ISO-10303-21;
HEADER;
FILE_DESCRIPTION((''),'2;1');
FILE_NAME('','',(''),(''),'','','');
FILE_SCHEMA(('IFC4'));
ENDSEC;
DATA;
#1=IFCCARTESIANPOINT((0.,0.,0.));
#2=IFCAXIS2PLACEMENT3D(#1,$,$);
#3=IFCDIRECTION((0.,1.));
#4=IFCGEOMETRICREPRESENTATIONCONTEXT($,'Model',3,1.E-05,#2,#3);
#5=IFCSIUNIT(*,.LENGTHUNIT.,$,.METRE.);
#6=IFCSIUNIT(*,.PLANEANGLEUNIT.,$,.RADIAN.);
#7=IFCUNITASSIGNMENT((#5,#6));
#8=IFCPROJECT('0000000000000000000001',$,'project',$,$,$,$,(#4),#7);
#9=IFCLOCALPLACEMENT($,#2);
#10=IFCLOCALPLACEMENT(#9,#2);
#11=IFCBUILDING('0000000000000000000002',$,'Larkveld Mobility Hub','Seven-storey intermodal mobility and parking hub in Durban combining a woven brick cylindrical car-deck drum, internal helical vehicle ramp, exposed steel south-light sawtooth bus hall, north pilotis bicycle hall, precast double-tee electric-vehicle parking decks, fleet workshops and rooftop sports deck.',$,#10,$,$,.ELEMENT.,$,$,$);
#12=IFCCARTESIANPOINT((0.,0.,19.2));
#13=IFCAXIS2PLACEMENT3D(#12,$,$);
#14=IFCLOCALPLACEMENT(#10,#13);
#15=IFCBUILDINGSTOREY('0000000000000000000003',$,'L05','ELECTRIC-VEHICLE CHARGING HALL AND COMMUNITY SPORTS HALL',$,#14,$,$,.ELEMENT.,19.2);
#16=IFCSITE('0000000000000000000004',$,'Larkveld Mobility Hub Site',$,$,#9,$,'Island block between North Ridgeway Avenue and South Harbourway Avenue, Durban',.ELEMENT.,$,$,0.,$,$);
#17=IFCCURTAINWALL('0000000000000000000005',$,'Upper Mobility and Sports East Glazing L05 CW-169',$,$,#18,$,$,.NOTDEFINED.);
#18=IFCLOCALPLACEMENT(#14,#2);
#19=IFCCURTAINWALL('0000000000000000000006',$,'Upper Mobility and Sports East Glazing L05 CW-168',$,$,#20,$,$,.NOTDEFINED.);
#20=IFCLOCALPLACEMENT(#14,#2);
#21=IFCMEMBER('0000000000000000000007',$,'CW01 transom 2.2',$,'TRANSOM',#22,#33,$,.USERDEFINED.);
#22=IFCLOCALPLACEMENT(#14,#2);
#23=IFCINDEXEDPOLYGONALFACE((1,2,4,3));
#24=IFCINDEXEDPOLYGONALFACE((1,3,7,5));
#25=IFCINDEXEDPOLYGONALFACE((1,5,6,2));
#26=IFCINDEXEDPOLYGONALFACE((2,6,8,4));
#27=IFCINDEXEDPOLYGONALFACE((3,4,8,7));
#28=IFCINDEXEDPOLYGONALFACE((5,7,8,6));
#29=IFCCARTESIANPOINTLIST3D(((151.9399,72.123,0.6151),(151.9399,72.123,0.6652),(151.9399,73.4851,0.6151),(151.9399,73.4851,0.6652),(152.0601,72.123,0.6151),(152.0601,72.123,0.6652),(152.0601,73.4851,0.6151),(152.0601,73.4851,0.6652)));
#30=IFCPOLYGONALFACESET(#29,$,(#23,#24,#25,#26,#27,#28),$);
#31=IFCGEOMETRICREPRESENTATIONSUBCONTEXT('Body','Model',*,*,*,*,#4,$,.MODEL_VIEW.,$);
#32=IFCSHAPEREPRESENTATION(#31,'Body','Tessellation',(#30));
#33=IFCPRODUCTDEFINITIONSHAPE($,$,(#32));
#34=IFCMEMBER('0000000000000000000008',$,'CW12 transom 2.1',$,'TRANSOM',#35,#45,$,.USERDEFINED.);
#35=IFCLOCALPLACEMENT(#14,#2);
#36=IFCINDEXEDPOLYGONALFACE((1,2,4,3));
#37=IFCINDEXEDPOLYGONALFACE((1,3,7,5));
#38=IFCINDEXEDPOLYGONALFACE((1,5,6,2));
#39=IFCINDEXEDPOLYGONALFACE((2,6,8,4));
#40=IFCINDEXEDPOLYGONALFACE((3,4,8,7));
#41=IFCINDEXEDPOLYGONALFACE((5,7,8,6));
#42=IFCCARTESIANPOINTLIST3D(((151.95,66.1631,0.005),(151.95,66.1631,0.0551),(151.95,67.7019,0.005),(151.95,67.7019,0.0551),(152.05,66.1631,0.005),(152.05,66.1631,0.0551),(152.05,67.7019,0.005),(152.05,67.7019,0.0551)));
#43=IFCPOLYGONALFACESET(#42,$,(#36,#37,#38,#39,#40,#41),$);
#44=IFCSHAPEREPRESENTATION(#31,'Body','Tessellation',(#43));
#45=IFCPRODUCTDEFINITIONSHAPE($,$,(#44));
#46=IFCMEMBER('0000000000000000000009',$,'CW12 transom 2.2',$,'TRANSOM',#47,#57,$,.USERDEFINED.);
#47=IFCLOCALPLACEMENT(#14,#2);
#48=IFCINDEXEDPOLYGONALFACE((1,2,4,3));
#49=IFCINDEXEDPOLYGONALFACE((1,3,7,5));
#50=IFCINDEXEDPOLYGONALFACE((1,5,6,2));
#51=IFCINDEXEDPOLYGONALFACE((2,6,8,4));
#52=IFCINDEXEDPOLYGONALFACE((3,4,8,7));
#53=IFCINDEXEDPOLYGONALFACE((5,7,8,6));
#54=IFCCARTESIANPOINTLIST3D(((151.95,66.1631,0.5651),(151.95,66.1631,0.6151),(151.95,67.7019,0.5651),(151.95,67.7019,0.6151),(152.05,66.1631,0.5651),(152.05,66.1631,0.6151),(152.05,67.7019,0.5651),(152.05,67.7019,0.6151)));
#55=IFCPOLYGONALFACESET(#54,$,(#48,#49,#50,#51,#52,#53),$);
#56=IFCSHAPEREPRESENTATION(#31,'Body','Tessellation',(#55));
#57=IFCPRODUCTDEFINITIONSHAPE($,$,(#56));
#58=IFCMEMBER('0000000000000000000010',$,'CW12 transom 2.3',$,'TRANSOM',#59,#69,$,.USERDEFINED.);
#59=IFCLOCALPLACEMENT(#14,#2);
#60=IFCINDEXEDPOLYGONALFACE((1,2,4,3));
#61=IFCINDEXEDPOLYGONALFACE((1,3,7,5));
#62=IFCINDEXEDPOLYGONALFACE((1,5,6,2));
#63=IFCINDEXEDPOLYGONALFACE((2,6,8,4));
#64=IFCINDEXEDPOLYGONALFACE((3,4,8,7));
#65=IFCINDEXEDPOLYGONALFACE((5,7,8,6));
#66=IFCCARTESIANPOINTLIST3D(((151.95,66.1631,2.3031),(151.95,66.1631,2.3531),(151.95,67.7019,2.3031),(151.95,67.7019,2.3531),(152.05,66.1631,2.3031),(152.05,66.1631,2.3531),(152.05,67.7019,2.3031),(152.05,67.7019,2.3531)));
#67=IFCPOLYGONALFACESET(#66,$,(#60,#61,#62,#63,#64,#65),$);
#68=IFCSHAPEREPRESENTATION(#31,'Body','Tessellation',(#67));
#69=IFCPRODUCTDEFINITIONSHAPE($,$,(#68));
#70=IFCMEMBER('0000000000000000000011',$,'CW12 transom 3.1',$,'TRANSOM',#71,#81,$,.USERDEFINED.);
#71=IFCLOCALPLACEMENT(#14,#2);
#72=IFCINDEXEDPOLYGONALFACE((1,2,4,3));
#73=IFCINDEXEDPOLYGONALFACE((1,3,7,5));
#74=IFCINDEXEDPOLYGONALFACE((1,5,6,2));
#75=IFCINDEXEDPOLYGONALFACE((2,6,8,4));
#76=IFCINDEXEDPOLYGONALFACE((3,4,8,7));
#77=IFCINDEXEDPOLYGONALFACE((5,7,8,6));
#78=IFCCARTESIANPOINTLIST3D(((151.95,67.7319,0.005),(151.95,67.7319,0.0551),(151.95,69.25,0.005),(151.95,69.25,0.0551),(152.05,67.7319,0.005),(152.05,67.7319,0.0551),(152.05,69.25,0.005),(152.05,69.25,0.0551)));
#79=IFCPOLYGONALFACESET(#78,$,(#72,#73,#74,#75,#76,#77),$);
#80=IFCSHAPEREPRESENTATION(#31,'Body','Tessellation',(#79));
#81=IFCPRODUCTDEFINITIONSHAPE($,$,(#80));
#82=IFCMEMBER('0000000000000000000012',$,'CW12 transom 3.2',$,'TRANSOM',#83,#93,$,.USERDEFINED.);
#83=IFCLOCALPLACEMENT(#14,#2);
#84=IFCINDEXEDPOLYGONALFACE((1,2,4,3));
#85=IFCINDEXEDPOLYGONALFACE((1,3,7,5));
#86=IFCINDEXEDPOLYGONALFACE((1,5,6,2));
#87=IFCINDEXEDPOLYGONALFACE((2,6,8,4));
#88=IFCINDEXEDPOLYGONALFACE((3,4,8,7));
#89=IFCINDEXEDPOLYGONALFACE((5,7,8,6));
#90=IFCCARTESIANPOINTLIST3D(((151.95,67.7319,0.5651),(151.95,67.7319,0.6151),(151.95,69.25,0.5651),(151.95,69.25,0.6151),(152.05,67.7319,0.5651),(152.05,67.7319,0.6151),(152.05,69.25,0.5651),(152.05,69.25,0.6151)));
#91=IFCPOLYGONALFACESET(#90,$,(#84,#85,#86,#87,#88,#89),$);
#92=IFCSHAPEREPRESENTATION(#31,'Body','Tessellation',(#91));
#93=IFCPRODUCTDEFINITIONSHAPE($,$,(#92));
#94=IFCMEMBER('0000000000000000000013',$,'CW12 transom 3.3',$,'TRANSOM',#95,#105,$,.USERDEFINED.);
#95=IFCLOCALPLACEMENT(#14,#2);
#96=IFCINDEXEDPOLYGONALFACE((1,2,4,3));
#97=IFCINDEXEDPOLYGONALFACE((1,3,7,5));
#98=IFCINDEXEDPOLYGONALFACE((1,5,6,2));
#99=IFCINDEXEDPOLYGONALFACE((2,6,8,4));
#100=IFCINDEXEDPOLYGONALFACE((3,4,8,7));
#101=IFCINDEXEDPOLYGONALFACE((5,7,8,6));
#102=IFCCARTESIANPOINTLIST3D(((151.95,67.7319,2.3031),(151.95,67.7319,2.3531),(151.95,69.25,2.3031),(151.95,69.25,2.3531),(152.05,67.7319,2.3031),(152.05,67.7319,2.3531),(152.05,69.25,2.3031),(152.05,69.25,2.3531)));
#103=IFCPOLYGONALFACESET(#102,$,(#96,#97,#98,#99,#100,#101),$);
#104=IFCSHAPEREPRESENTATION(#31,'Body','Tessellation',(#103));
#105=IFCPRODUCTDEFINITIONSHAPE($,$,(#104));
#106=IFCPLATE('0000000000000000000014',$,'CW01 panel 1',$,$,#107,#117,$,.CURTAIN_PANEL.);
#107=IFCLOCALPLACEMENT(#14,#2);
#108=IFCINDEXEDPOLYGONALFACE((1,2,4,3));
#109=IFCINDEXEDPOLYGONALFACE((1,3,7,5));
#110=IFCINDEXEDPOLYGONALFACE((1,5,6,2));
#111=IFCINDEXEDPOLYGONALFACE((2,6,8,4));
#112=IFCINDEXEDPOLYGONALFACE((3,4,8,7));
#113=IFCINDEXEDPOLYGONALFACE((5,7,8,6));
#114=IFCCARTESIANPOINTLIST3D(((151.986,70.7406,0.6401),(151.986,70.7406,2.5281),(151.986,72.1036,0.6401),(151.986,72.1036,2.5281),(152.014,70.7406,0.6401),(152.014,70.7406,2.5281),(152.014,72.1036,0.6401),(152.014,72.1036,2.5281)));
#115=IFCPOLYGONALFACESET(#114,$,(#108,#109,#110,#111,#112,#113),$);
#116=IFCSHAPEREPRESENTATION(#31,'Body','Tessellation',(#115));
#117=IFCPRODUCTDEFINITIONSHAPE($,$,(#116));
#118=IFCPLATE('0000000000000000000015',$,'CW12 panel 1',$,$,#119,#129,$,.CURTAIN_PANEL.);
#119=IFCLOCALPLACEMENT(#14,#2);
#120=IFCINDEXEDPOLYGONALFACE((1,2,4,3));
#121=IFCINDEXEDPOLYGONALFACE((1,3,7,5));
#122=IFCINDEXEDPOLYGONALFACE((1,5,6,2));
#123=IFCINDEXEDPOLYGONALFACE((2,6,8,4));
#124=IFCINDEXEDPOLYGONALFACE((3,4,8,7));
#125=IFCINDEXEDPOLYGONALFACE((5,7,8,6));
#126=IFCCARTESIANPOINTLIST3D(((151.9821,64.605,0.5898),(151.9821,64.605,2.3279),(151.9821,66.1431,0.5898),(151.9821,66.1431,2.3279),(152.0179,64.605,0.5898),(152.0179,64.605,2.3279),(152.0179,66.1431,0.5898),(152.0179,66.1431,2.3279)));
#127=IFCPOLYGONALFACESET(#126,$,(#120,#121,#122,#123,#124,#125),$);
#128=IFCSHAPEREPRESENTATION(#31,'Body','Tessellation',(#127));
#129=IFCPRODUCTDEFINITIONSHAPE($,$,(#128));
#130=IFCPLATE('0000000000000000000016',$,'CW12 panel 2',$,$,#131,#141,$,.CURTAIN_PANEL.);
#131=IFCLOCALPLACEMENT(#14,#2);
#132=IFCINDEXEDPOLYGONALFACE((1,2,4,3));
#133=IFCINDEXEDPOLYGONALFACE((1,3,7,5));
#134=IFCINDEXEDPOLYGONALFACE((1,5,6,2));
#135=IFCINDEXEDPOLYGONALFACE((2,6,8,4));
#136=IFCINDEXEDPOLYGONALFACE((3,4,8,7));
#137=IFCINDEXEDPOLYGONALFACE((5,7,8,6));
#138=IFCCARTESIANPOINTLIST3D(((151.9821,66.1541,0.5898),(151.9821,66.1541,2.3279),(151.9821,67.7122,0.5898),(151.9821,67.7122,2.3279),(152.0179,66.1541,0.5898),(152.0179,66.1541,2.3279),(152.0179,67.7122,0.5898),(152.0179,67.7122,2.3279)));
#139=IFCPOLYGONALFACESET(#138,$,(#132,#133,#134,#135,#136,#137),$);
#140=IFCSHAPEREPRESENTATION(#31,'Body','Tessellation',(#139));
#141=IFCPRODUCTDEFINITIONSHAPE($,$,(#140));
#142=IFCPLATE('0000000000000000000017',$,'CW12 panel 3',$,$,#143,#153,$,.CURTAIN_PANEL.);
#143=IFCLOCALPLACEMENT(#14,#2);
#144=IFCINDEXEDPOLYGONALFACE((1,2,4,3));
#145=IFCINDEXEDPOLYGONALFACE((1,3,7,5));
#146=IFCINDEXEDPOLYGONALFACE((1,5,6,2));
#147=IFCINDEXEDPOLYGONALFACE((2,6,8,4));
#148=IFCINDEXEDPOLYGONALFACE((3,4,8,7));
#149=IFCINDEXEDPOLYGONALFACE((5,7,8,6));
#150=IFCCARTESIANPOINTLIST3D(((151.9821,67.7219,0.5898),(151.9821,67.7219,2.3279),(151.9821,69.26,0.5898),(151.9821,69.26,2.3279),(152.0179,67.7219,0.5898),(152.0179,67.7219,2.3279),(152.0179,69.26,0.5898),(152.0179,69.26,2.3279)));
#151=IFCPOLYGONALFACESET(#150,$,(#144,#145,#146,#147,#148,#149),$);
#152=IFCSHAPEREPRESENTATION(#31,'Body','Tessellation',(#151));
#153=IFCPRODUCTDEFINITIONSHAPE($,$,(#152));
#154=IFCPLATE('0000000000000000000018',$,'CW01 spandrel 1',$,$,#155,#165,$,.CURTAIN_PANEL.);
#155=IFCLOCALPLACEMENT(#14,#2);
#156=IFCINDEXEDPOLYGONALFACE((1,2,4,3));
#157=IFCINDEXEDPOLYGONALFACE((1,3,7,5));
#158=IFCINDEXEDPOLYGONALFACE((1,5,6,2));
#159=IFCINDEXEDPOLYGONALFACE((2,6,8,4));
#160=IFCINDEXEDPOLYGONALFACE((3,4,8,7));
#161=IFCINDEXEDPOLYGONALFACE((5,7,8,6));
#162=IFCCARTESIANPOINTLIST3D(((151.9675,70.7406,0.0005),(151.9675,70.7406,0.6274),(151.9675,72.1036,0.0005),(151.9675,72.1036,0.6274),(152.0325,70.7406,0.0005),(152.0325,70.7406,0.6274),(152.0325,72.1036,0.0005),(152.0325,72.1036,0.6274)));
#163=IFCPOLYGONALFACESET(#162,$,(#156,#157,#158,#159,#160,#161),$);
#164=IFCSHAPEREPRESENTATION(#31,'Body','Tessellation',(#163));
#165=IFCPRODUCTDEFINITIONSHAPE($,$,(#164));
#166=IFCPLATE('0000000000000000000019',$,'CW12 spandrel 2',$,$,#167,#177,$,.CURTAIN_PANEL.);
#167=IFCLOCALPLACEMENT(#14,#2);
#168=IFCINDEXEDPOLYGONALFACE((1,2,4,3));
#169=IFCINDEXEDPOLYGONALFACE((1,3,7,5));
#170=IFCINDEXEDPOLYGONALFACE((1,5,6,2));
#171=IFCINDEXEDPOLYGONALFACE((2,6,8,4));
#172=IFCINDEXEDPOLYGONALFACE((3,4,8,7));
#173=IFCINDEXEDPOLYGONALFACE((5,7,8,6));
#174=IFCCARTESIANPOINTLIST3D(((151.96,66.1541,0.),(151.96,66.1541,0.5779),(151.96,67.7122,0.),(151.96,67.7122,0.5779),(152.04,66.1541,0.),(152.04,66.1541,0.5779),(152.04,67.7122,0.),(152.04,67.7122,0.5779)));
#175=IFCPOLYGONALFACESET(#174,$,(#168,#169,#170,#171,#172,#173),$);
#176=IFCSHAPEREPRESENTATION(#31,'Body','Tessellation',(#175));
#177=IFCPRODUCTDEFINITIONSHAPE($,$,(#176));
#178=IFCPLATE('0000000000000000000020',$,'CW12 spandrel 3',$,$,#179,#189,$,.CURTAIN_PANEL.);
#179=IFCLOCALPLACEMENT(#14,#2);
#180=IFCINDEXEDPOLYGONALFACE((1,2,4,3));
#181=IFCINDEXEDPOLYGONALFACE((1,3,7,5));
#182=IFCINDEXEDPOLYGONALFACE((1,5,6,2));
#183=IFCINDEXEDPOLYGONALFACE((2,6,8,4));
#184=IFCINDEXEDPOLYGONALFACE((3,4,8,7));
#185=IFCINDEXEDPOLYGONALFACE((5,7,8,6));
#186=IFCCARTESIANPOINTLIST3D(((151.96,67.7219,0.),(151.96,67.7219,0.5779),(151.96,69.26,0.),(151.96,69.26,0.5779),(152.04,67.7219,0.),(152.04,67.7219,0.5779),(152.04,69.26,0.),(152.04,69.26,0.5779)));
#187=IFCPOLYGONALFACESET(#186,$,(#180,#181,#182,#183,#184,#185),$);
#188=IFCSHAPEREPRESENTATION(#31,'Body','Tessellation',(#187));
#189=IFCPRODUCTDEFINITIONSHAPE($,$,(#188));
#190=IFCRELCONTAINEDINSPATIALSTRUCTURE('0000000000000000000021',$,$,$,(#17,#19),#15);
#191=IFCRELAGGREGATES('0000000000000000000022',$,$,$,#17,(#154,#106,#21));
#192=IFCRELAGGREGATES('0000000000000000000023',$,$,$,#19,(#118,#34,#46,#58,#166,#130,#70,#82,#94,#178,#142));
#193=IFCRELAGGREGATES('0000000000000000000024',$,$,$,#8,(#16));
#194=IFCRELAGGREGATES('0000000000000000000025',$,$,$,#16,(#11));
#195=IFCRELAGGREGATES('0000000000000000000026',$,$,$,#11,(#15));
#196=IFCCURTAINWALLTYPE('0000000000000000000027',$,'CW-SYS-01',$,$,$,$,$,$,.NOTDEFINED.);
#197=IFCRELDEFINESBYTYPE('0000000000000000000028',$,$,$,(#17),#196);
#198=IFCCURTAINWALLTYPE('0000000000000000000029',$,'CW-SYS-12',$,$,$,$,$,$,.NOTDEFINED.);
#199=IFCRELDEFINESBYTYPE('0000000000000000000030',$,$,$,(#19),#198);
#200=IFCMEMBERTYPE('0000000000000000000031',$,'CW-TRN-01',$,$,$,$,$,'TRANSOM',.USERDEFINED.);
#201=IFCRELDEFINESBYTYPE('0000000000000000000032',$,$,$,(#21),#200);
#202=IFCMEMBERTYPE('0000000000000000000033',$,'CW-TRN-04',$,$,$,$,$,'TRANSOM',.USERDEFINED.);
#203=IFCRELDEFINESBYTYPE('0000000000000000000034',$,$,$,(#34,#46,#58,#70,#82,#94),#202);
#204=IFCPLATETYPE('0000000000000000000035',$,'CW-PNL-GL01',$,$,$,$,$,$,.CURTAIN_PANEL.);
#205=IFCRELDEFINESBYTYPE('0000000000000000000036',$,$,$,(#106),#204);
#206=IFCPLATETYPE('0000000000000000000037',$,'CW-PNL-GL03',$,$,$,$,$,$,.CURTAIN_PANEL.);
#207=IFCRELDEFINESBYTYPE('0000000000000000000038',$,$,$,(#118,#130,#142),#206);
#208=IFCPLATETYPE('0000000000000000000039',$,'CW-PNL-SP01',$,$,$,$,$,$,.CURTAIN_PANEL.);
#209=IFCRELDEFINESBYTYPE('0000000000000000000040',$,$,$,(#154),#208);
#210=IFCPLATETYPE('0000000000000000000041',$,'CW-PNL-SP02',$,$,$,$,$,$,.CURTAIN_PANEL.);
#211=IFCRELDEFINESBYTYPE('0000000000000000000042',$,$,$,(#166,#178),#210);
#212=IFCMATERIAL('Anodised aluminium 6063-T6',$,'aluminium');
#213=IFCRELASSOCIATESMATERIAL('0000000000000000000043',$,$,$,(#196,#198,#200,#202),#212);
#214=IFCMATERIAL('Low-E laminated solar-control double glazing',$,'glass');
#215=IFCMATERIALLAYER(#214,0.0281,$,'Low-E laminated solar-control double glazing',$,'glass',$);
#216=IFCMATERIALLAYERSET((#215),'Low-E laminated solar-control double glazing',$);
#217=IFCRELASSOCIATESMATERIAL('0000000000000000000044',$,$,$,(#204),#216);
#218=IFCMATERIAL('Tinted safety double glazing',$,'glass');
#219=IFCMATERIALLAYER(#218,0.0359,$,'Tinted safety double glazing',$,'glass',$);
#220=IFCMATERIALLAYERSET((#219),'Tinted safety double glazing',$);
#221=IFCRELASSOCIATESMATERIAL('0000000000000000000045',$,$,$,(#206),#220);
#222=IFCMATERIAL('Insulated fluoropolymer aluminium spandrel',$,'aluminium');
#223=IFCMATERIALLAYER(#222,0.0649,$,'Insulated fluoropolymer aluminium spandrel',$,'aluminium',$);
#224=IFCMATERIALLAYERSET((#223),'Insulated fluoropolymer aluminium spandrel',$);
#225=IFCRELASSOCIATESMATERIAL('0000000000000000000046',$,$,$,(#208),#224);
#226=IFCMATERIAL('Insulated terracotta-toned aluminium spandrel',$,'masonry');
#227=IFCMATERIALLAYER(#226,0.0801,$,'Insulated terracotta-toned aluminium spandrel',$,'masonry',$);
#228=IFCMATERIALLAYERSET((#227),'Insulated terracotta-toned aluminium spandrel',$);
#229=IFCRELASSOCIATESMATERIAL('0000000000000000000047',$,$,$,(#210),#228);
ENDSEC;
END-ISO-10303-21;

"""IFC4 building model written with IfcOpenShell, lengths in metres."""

from ifc_helpers import new_model, si_unit, direction, frame, origin, origin_2d, place, context, subcontext, project, spatial, rectangle, extrude, material, layer, layer_set, material_profile, profile_set, type_object, element, aggregate, save


model = new_model("IFC4")

# Units and contexts
model_context = context("Model", 3, precision=1e-05, world=origin(), true_north=direction((0.0, 1.0)))
body_context = subcontext(model_context, "Body", "Model", "MODEL_VIEW")
ifc_project = project(units=[si_unit("LENGTHUNIT", "METRE"), si_unit("PLANEANGLEUNIT", "RADIAN")], contexts=[model_context])

# Site, building, storey
site_placement = place(None, origin())
site = spatial("IfcSite", under=ifc_project, at=site_placement, Name="Larkveld Mobility Hub Site", LongName="Island block between North Ridgeway Avenue and South Harbourway Avenue, Durban", CompositionType="ELEMENT", RefElevation=0.0)
building_placement = place(site_placement, origin())
building = spatial("IfcBuilding", under=site, at=building_placement, Name="Larkveld Mobility Hub", Description="Seven-storey intermodal mobility and parking hub in Durban combining a woven brick cylindrical car-deck drum, internal helical vehicle ramp, exposed steel south-light sawtooth bus hall, north pilotis bicycle hall, precast double-tee electric-vehicle parking decks, fleet workshops and rooftop sports deck.", CompositionType="ELEMENT")
storey_placement = place(building_placement, frame((0.0, 0.0, 19.2)))
storey = spatial("IfcBuildingStorey", under=building, at=storey_placement, Name="L05", Description="ELECTRIC-VEHICLE CHARGING HALL AND COMMUNITY SPORTS HALL", CompositionType="ELEMENT", Elevation=19.2)

# Curtain walls
ifc_material_1 = material(Name="Anodised aluminium 6063-T6", Category="aluminium")
curtain_wall_type_1 = type_object("IfcCurtainWallType", Name="CW-SYS-01", PredefinedType="NOTDEFINED", material=ifc_material_1)
curtain_wall_1_placement = place(storey_placement, origin())
curtain_wall_1 = element("IfcCurtainWall", 1, at=curtain_wall_1_placement, inside=storey, type_object=curtain_wall_type_1, Name="Upper Mobility and Sports East Glazing L05 CW-169", PredefinedType="NOTDEFINED")
curtain_wall_type_2 = type_object("IfcCurtainWallType", Name="CW-SYS-12", PredefinedType="NOTDEFINED", material=ifc_material_1)
curtain_wall_2_placement = place(storey_placement, origin())
curtain_wall_2 = element("IfcCurtainWall", 2, at=curtain_wall_2_placement, inside=storey, type_object=curtain_wall_type_2, Name="Upper Mobility and Sports East Glazing L05 CW-168", PredefinedType="NOTDEFINED")

# Members
ifc_material_profile_1 = material_profile(ifc_material_1, rectangle(XDim=0.1201, YDim=0.05, at=origin_2d()), Name="ALU TRAN 50x120")
ifc_profile_set_1 = profile_set([ifc_material_profile_1], Name="Anodised aluminium 6063-T6")
member_type_1 = type_object("IfcMemberType", Name="CW-TRN-01", ElementType="TRANSOM", PredefinedType="USERDEFINED", material=ifc_profile_set_1)
member_1_placement = place(storey_placement, frame((152.0, 72.123, 0.6401), z_axis=(0.0, 1.0, 0.0), x_axis=(-1.0, 0.0, 0.0)))
member_1 = element("IfcMember", 3, at=member_1_placement, type_object=member_type_1, Name="CW01 transom 2.2", ObjectType="TRANSOM", PredefinedType="USERDEFINED", context=body_context, shape_type="SweptSolid", body=[
    extrude(rectangle(XDim=0.1201, YDim=0.05, at=origin_2d()), origin(), (0.0, 0.0, 1.0), 1.3621),
])
ifc_material_profile_2 = material_profile(ifc_material_1, rectangle(XDim=0.1001, YDim=0.05, at=origin_2d()), Name="ALU TRAN 50x100")
ifc_profile_set_2 = profile_set([ifc_material_profile_2], Name="Anodised aluminium 6063-T6")
member_type_2 = type_object("IfcMemberType", Name="CW-TRN-04", ElementType="TRANSOM", PredefinedType="USERDEFINED", material=ifc_profile_set_2)
member_2_placement = place(storey_placement, frame((152.0, 66.1631, 0.03), z_axis=(0.0, 1.0, 0.0), x_axis=(-1.0, 0.0, 0.0)))
member_2 = element("IfcMember", 4, at=member_2_placement, type_object=member_type_2, Name="CW12 transom 2.1", ObjectType="TRANSOM", PredefinedType="USERDEFINED", context=body_context, shape_type="SweptSolid", body=[
    extrude(rectangle(XDim=0.1001, YDim=0.05, at=origin_2d()), origin(), (0.0, 0.0, 1.0), 1.5388),
])
member_3_placement = place(storey_placement, frame((152.0, 66.1631, 0.5901), z_axis=(0.0, 1.0, 0.0), x_axis=(-1.0, 0.0, 0.0)))
member_3 = element("IfcMember", 5, at=member_3_placement, type_object=member_type_2, Name="CW12 transom 2.2", ObjectType="TRANSOM", PredefinedType="USERDEFINED", context=body_context, shape_type="SweptSolid", body=[
    extrude(rectangle(XDim=0.1001, YDim=0.05, at=origin_2d()), origin(), (0.0, 0.0, 1.0), 1.5388),
])
member_4_placement = place(storey_placement, frame((152.0, 66.1631, 2.3281), z_axis=(0.0, 1.0, 0.0), x_axis=(-1.0, 0.0, 0.0)))
member_4 = element("IfcMember", 6, at=member_4_placement, type_object=member_type_2, Name="CW12 transom 2.3", ObjectType="TRANSOM", PredefinedType="USERDEFINED", context=body_context, shape_type="SweptSolid", body=[
    extrude(rectangle(XDim=0.1001, YDim=0.05, at=origin_2d()), origin(), (0.0, 0.0, 1.0), 1.5388),
])
member_5_placement = place(storey_placement, frame((152.0, 67.7319, 0.03), z_axis=(0.0, 1.0, 0.0), x_axis=(-1.0, 0.0, 0.0)))
member_5 = element("IfcMember", 7, at=member_5_placement, type_object=member_type_2, Name="CW12 transom 3.1", ObjectType="TRANSOM", PredefinedType="USERDEFINED", context=body_context, shape_type="SweptSolid", body=[
    extrude(rectangle(XDim=0.1001, YDim=0.05, at=origin_2d()), origin(), (0.0, 0.0, 1.0), 1.5181),
])
member_6_placement = place(storey_placement, frame((152.0, 67.7319, 0.5901), z_axis=(0.0, 1.0, 0.0), x_axis=(-1.0, 0.0, 0.0)))
member_6 = element("IfcMember", 8, at=member_6_placement, type_object=member_type_2, Name="CW12 transom 3.2", ObjectType="TRANSOM", PredefinedType="USERDEFINED", context=body_context, shape_type="SweptSolid", body=[
    extrude(rectangle(XDim=0.1001, YDim=0.05, at=origin_2d()), origin(), (0.0, 0.0, 1.0), 1.5181),
])
member_7_placement = place(storey_placement, frame((152.0, 67.7319, 2.3281), z_axis=(0.0, 1.0, 0.0), x_axis=(-1.0, 0.0, 0.0)))
member_7 = element("IfcMember", 9, at=member_7_placement, type_object=member_type_2, Name="CW12 transom 3.3", ObjectType="TRANSOM", PredefinedType="USERDEFINED", context=body_context, shape_type="SweptSolid", body=[
    extrude(rectangle(XDim=0.1001, YDim=0.05, at=origin_2d()), origin(), (0.0, 0.0, 1.0), 1.5181),
])

# Plates
ifc_material_2 = material(Name="Low-E laminated solar-control double glazing", Category="glass")
ifc_layer_1 = layer(ifc_material_2, 0.0281, Name="Low-E laminated solar-control double glazing", Category="glass")
ifc_layer_set_1 = layer_set([ifc_layer_1], Name="Low-E laminated solar-control double glazing")
plate_type_1 = type_object("IfcPlateType", Name="CW-PNL-GL01", PredefinedType="CURTAIN_PANEL", material=ifc_layer_set_1)
plate_1_placement = place(storey_placement, frame((152.0, 71.4221, 0.6401), z_axis=(0.0, 0.0, 1.0), x_axis=(0.0, 1.0, 0.0)))
plate_1 = element("IfcPlate", 10, at=plate_1_placement, type_object=plate_type_1, Name="CW01 panel 1", PredefinedType="CURTAIN_PANEL", context=body_context, shape_type="SweptSolid", body=[
    extrude(rectangle(XDim=1.363, YDim=0.0281, at=origin_2d()), origin(), (0.0, 0.0, 1.0), 1.8879),
])
ifc_material_3 = material(Name="Tinted safety double glazing", Category="glass")
ifc_layer_2 = layer(ifc_material_3, 0.0359, Name="Tinted safety double glazing", Category="glass")
ifc_layer_set_2 = layer_set([ifc_layer_2], Name="Tinted safety double glazing")
plate_type_2 = type_object("IfcPlateType", Name="CW-PNL-GL03", PredefinedType="CURTAIN_PANEL", material=ifc_layer_set_2)
plate_2_placement = place(storey_placement, frame((152.0, 65.374, 0.5898), z_axis=(0.0, 0.0, 1.0), x_axis=(0.0, 1.0, 0.0)))
plate_2 = element("IfcPlate", 11, at=plate_2_placement, type_object=plate_type_2, Name="CW12 panel 1", PredefinedType="CURTAIN_PANEL", context=body_context, shape_type="SweptSolid", body=[
    extrude(rectangle(XDim=1.5381, YDim=0.0359, at=origin_2d()), origin(), (0.0, 0.0, 1.0), 1.738),
])
plate_3_placement = place(storey_placement, frame((152.0, 66.9331, 0.5898), z_axis=(0.0, 0.0, 1.0), x_axis=(0.0, 1.0, 0.0)))
plate_3 = element("IfcPlate", 12, at=plate_3_placement, type_object=plate_type_2, Name="CW12 panel 2", PredefinedType="CURTAIN_PANEL", context=body_context, shape_type="SweptSolid", body=[
    extrude(rectangle(XDim=1.5581, YDim=0.0359, at=origin_2d()), origin(), (0.0, 0.0, 1.0), 1.738),
])
plate_4_placement = place(storey_placement, frame((152.0, 68.491, 0.5898), z_axis=(0.0, 0.0, 1.0), x_axis=(0.0, 1.0, 0.0)))
plate_4 = element("IfcPlate", 13, at=plate_4_placement, type_object=plate_type_2, Name="CW12 panel 3", PredefinedType="CURTAIN_PANEL", context=body_context, shape_type="SweptSolid", body=[
    extrude(rectangle(XDim=1.5381, YDim=0.0359, at=origin_2d()), origin(), (0.0, 0.0, 1.0), 1.738),
])
ifc_material_4 = material(Name="Insulated fluoropolymer aluminium spandrel", Category="aluminium")
ifc_layer_3 = layer(ifc_material_4, 0.0649, Name="Insulated fluoropolymer aluminium spandrel", Category="aluminium")
ifc_layer_set_3 = layer_set([ifc_layer_3], Name="Insulated fluoropolymer aluminium spandrel")
plate_type_3 = type_object("IfcPlateType", Name="CW-PNL-SP01", PredefinedType="CURTAIN_PANEL", material=ifc_layer_set_3)
plate_5_placement = place(storey_placement, frame((152.0, 71.4221, 0.0005), z_axis=(0.0, 0.0, 1.0), x_axis=(0.0, 1.0, 0.0)))
plate_5 = element("IfcPlate", 14, at=plate_5_placement, type_object=plate_type_3, Name="CW01 spandrel 1", PredefinedType="CURTAIN_PANEL", context=body_context, shape_type="SweptSolid", body=[
    extrude(rectangle(XDim=1.363, YDim=0.0649, at=origin_2d()), origin(), (0.0, 0.0, 1.0), 0.627),
])
aggregate(curtain_wall_1, [plate_5, plate_1, member_1])
ifc_material_5 = material(Name="Insulated terracotta-toned aluminium spandrel", Category="masonry")
ifc_layer_4 = layer(ifc_material_5, 0.0801, Name="Insulated terracotta-toned aluminium spandrel", Category="masonry")
ifc_layer_set_4 = layer_set([ifc_layer_4], Name="Insulated terracotta-toned aluminium spandrel")
plate_type_4 = type_object("IfcPlateType", Name="CW-PNL-SP02", PredefinedType="CURTAIN_PANEL", material=ifc_layer_set_4)
plate_6_placement = place(storey_placement, frame((152.0, 66.9331, 0.0), z_axis=(0.0, 0.0, 1.0), x_axis=(0.0, 1.0, 0.0)))
plate_6 = element("IfcPlate", 15, at=plate_6_placement, type_object=plate_type_4, Name="CW12 spandrel 2", PredefinedType="CURTAIN_PANEL", context=body_context, shape_type="SweptSolid", body=[
    extrude(rectangle(XDim=1.5581, YDim=0.0801, at=origin_2d()), origin(), (0.0, 0.0, 1.0), 0.5779),
])
plate_7_placement = place(storey_placement, frame((152.0, 68.491, 0.0), z_axis=(0.0, 0.0, 1.0), x_axis=(0.0, 1.0, 0.0)))
plate_7 = element("IfcPlate", 16, at=plate_7_placement, type_object=plate_type_4, Name="CW12 spandrel 3", PredefinedType="CURTAIN_PANEL", context=body_context, shape_type="SweptSolid", body=[
    extrude(rectangle(XDim=1.5381, YDim=0.0801, at=origin_2d()), origin(), (0.0, 0.0, 1.0), 0.5779),
])
aggregate(curtain_wall_2, [plate_2, member_2, member_3, member_4, plate_6, plate_3, member_5, member_6, member_7, plate_7, plate_4])

save(model, "model.ifc")
